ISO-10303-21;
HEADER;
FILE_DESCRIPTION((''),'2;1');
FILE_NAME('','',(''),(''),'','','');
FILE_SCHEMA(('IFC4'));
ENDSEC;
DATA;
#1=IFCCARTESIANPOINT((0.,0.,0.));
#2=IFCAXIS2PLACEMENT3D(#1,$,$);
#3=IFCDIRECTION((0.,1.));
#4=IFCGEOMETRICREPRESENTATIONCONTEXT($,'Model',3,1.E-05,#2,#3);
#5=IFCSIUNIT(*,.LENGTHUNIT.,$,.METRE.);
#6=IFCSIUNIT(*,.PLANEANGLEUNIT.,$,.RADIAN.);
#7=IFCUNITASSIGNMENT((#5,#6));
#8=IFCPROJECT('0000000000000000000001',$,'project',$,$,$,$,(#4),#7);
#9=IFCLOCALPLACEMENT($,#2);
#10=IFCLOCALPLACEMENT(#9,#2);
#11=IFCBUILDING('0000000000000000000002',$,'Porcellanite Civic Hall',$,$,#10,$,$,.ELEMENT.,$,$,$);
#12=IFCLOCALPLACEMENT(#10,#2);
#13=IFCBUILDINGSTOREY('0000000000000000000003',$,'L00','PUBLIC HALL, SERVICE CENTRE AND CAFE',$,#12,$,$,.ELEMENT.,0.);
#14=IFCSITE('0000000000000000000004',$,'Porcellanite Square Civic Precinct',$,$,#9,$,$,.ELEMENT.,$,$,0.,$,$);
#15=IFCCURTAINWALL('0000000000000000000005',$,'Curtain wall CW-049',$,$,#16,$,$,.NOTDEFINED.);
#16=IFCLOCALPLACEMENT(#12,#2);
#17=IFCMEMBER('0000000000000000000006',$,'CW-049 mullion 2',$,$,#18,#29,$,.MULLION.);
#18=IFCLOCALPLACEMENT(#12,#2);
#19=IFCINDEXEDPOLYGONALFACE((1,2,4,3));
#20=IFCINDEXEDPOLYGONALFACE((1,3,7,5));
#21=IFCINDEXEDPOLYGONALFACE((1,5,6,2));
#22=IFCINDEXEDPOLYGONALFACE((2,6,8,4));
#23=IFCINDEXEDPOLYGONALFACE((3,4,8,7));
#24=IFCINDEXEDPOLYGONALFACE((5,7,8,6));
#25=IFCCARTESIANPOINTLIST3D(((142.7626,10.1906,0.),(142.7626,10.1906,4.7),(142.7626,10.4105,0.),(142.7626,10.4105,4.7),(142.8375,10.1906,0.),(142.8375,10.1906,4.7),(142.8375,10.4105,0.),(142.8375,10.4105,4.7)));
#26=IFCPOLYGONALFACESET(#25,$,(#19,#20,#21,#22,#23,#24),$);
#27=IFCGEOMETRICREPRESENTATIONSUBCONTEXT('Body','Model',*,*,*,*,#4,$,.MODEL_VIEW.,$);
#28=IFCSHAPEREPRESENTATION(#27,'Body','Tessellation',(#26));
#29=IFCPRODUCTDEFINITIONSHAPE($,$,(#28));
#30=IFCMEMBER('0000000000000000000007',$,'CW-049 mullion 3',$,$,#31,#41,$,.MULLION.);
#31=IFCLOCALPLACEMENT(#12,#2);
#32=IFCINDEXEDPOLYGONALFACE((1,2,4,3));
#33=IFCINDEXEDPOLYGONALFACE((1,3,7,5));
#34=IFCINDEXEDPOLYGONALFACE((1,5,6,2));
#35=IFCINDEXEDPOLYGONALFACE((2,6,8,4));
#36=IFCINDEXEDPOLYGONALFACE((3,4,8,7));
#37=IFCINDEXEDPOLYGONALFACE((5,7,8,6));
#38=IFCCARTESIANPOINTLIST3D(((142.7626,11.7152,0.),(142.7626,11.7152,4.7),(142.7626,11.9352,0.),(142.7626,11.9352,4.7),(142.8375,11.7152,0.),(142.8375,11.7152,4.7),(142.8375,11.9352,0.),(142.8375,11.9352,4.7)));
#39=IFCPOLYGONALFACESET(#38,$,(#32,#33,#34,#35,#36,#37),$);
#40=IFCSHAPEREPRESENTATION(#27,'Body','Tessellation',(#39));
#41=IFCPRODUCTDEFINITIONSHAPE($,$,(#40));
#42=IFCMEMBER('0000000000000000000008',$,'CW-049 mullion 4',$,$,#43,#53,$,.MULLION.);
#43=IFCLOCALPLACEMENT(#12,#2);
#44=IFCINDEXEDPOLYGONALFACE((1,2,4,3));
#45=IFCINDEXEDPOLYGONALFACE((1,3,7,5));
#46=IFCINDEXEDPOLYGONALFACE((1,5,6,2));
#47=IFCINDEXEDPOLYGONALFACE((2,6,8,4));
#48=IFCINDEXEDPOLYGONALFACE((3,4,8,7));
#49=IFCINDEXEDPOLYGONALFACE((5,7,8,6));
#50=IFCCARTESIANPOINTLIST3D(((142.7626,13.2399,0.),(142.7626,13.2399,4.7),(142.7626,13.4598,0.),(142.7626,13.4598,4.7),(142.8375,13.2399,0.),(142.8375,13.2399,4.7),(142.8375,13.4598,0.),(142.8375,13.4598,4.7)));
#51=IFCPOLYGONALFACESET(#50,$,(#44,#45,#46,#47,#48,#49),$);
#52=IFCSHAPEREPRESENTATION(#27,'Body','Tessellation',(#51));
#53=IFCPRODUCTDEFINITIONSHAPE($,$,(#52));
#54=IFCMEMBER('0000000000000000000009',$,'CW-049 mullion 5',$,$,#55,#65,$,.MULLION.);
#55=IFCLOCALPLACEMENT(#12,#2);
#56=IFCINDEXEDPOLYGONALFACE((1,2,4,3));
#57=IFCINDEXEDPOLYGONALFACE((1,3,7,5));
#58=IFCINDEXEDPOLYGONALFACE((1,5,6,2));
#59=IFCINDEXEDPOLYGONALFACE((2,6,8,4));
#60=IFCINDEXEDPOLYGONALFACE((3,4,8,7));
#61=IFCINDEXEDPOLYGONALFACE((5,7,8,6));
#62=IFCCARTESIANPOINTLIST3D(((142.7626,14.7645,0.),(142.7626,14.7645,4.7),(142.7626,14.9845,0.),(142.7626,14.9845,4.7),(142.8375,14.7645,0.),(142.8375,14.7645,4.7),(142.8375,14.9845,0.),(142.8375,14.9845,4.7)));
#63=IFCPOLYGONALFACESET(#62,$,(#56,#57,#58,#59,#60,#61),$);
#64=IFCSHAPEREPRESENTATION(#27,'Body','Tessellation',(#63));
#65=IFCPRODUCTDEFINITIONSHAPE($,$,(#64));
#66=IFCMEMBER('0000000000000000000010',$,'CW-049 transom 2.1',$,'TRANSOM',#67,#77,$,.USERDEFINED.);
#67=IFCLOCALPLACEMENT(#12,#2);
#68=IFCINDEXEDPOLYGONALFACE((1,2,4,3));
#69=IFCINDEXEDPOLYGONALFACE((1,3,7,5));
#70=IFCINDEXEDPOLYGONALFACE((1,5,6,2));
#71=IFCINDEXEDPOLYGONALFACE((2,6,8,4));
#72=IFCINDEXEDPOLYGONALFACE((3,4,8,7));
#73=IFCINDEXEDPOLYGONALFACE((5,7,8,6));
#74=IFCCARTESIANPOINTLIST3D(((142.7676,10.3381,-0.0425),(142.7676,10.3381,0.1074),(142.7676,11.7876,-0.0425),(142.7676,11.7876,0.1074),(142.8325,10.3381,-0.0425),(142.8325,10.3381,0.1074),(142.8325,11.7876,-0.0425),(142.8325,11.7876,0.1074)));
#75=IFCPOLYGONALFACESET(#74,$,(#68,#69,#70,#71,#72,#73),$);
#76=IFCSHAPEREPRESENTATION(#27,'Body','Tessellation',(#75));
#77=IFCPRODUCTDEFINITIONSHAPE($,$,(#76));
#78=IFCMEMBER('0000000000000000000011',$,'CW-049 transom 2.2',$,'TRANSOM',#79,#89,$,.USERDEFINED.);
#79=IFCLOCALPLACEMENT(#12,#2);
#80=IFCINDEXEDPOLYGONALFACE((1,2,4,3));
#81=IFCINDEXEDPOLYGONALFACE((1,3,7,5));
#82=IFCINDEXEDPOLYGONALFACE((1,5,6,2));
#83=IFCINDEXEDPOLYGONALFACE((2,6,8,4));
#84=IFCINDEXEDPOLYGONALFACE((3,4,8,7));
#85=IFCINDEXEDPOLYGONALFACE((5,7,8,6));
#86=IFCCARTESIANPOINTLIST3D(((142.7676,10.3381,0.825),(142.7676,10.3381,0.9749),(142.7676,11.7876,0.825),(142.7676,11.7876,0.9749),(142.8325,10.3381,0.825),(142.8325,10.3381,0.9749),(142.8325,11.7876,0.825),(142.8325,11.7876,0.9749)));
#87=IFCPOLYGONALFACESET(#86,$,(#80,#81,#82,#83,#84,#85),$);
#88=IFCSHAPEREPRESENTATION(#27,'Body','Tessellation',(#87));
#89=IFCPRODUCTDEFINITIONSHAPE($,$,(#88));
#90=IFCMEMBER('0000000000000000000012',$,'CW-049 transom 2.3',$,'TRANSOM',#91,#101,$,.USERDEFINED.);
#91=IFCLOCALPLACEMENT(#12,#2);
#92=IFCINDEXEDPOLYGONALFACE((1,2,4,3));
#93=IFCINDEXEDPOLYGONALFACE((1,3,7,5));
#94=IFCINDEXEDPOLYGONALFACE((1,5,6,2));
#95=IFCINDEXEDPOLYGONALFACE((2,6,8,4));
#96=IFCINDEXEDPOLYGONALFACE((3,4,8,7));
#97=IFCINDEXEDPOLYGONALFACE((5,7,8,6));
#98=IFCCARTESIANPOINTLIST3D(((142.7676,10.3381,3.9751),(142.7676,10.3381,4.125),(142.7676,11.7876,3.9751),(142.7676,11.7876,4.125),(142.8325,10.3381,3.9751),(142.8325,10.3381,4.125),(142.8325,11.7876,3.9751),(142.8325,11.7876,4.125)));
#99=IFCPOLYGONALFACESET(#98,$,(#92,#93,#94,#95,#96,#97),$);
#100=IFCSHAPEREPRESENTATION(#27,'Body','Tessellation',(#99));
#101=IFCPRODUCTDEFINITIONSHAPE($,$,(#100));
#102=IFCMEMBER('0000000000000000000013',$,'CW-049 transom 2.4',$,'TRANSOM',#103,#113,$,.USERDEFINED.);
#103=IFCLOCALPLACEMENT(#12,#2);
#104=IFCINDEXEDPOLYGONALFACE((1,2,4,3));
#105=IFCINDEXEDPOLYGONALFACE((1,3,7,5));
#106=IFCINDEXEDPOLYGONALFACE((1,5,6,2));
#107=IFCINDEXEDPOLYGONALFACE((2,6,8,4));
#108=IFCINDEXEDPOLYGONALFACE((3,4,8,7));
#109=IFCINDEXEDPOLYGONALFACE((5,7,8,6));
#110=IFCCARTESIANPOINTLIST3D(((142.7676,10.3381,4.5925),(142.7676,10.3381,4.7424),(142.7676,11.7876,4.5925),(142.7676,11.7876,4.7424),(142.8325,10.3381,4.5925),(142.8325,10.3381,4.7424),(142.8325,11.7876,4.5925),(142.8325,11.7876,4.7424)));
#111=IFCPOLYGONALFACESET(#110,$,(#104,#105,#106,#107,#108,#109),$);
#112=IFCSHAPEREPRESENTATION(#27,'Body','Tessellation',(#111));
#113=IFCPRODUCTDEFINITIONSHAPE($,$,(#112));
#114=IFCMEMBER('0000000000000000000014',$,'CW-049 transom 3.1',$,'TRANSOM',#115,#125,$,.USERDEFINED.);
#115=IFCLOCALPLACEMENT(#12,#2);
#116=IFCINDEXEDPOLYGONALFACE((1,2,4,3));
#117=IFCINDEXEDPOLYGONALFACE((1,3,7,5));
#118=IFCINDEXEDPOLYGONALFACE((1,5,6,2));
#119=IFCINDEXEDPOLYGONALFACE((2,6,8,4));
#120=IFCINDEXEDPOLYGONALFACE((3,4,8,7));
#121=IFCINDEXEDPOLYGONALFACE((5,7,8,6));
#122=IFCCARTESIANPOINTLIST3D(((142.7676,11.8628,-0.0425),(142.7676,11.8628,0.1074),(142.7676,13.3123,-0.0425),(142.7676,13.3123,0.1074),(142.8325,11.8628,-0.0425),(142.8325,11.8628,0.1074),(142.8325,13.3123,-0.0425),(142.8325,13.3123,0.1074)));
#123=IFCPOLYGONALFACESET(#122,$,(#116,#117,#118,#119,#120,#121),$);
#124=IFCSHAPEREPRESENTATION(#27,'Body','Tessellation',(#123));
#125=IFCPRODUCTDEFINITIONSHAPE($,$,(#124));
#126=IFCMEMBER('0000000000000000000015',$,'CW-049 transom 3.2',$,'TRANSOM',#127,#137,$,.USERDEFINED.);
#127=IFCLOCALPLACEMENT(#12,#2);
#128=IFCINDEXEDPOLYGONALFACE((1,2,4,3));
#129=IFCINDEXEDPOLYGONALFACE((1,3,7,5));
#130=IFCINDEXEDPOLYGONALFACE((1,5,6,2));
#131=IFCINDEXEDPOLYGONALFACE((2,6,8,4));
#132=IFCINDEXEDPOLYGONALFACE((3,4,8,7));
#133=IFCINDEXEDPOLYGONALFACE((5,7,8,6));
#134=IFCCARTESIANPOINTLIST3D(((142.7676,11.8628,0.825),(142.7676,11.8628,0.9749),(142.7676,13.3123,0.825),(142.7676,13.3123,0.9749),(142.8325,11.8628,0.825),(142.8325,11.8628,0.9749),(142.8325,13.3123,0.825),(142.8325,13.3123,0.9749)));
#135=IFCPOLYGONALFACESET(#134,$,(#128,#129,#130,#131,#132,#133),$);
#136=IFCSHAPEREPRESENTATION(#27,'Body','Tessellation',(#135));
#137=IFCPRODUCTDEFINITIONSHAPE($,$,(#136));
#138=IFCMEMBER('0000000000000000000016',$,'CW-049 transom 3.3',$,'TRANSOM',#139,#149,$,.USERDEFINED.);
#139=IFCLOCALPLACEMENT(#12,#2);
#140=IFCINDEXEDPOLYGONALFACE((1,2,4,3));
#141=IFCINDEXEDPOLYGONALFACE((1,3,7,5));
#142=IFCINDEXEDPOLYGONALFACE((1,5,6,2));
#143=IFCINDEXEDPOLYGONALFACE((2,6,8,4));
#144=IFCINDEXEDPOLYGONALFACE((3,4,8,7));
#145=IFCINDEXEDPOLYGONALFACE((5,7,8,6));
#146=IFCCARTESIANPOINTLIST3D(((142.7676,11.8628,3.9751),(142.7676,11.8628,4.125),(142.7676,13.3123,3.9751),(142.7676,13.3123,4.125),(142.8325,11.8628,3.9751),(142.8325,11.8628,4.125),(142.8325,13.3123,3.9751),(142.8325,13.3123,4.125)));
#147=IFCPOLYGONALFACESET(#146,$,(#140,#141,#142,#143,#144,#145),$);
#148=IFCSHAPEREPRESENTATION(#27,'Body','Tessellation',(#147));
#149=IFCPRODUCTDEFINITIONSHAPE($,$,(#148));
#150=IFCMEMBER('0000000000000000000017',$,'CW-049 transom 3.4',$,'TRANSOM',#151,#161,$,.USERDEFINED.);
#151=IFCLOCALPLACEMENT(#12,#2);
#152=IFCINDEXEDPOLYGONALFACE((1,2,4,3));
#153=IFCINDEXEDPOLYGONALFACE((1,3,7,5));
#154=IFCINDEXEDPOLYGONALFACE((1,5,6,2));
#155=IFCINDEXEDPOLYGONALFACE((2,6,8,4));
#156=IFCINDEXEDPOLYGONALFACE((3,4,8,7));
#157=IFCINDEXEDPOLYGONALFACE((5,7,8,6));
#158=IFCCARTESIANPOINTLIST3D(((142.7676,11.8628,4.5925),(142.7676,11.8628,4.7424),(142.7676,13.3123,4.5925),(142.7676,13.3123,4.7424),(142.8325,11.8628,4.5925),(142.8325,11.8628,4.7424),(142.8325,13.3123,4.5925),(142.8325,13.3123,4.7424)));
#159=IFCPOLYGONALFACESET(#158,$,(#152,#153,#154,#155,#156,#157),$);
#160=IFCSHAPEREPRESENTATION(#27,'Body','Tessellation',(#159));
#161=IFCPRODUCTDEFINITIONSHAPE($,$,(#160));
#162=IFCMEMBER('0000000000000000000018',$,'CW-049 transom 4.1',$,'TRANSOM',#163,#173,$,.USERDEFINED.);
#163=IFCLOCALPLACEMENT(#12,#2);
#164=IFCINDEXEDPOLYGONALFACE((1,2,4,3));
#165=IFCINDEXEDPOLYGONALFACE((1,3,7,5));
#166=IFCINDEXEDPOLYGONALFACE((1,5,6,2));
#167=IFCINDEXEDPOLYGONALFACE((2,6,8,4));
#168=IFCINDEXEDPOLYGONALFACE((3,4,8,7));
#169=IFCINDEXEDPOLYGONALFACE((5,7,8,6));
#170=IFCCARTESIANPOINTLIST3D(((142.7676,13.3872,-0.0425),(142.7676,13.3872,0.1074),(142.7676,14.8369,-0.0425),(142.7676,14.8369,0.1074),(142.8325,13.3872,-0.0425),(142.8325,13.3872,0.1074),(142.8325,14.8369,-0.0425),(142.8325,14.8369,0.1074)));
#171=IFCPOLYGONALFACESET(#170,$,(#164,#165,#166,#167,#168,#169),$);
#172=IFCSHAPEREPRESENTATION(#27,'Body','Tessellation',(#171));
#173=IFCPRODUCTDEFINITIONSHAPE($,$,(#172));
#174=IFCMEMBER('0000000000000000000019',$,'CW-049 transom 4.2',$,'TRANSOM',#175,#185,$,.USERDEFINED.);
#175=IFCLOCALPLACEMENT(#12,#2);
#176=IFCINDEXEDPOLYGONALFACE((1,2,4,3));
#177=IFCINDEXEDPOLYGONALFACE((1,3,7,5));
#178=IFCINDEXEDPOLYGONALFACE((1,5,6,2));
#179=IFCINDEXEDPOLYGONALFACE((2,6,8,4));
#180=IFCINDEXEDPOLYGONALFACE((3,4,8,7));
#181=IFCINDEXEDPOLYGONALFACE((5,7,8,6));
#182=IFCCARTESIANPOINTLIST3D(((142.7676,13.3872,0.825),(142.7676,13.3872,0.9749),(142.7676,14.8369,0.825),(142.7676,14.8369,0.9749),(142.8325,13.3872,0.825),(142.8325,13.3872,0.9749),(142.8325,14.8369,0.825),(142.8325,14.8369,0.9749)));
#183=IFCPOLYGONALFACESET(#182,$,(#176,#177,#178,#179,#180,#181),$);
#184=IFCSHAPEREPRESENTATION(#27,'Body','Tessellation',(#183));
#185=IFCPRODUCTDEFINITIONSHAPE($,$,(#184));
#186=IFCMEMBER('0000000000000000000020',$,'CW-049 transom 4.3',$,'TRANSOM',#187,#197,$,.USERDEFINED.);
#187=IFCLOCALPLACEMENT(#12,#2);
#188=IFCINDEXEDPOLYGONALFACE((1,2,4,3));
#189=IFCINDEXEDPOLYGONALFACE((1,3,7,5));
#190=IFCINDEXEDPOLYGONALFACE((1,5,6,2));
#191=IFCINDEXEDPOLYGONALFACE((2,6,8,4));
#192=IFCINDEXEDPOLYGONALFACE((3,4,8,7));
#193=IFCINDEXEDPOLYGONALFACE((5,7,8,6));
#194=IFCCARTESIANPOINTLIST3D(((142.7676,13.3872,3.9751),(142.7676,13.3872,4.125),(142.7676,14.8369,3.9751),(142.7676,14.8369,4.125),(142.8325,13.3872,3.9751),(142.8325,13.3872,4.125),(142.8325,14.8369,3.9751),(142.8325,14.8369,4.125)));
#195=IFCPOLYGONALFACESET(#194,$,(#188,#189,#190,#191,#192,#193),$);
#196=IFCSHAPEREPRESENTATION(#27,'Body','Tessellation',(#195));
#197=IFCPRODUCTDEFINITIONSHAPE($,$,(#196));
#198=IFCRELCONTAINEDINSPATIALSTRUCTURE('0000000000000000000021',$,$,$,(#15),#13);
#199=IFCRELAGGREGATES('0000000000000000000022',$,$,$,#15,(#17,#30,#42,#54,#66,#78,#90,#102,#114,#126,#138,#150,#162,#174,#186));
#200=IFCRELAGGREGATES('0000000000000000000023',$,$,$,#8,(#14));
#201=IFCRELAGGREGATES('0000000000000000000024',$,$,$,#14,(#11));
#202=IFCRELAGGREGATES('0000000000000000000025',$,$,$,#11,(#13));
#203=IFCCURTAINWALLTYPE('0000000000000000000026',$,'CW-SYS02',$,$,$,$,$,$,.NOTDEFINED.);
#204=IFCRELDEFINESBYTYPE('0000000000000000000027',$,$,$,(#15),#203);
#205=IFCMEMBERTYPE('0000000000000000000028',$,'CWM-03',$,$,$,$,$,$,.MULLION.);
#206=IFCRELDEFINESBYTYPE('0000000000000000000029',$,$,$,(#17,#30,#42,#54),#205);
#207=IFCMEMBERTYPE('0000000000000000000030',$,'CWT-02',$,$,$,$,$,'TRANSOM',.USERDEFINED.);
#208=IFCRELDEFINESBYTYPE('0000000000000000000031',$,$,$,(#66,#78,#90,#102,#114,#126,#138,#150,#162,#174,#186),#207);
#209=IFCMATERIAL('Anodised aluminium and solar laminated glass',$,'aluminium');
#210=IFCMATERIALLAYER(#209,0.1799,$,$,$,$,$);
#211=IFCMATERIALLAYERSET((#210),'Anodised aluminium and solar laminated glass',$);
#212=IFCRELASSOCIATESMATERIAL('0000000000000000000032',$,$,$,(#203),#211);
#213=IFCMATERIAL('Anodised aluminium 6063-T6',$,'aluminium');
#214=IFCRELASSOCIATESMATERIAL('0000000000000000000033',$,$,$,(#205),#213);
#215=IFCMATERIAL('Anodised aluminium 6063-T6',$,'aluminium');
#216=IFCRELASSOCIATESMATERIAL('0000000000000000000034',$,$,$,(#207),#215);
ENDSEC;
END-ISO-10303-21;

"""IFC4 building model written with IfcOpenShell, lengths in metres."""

from ifc_helpers import new_model, si_unit, direction, frame, origin, origin_2d, place, context, subcontext, project, spatial, rectangle, extrude, material, layer, layer_set, material_profile, profile_set, type_object, element, aggregate, save


model = new_model("IFC4")

# Units and contexts
model_context = context("Model", 3, precision=1e-05, world=origin(), true_north=direction((0.0, 1.0)))
body_context = subcontext(model_context, "Body", "Model", "MODEL_VIEW")
ifc_project = project(units=[si_unit("LENGTHUNIT", "METRE"), si_unit("PLANEANGLEUNIT", "RADIAN")], contexts=[model_context])

# Site, building, storey
site_placement = place(None, origin())
site = spatial("IfcSite", under=ifc_project, at=site_placement, Name="Porcellanite Square Civic Precinct", CompositionType="ELEMENT", RefElevation=0.0)
building_placement = place(site_placement, origin())
building = spatial("IfcBuilding", under=site, at=building_placement, Name="Porcellanite Civic Hall", CompositionType="ELEMENT")
storey_placement = place(building_placement, origin())
storey = spatial("IfcBuildingStorey", under=building, at=storey_placement, Name="L00", Description="PUBLIC HALL, SERVICE CENTRE AND CAFE", CompositionType="ELEMENT", Elevation=0.0)

# Curtain wall, members
ifc_material_1 = material(Name="Anodised aluminium and solar laminated glass", Category="aluminium")
ifc_layer_1 = layer(ifc_material_1, 0.1799)
ifc_layer_set_1 = layer_set([ifc_layer_1], Name="Anodised aluminium and solar laminated glass")
curtain_wall_type = type_object("IfcCurtainWallType", Name="CW-SYS02", PredefinedType="NOTDEFINED", material=ifc_layer_set_1)
curtain_wall_placement = place(storey_placement, origin())
curtain_wall = element("IfcCurtainWall", 1, at=curtain_wall_placement, inside=storey, type_object=curtain_wall_type, Name="Curtain wall CW-049", PredefinedType="NOTDEFINED")
ifc_material_2 = material(Name="Anodised aluminium 6063-T6", Category="aluminium")
ifc_material_profile_1 = material_profile(ifc_material_2, rectangle(XDim=0.075, YDim=0.22, at=origin_2d()), Name="AL-75x220")
ifc_profile_set_1 = profile_set([ifc_material_profile_1], Name="Anodised aluminium 6063-T6")
member_type_1 = type_object("IfcMemberType", Name="CWM-03", PredefinedType="MULLION", material=ifc_profile_set_1)
member_1_placement = place(storey_placement, frame((142.8, 10.3005, 0.0), z_axis=(0.0, 0.0, 1.0), x_axis=(-1.0, 0.0, 0.0)))
member_1 = element("IfcMember", 2, at=member_1_placement, type_object=member_type_1, Name="CW-049 mullion 2", PredefinedType="MULLION", context=body_context, shape_type="SweptSolid", body=[
    extrude(rectangle(XDim=0.075, YDim=0.22, at=origin_2d()), origin(), (0.0, 0.0, 1.0), 4.7),
])
member_2_placement = place(storey_placement, frame((142.8, 11.8252, 0.0), z_axis=(0.0, 0.0, 1.0), x_axis=(-1.0, 0.0, 0.0)))
member_2 = element("IfcMember", 3, at=member_2_placement, type_object=member_type_1, Name="CW-049 mullion 3", PredefinedType="MULLION", context=body_context, shape_type="SweptSolid", body=[
    extrude(rectangle(XDim=0.075, YDim=0.22, at=origin_2d()), origin(), (0.0, 0.0, 1.0), 4.7),
])
member_3_placement = place(storey_placement, frame((142.8, 13.3499, 0.0), z_axis=(0.0, 0.0, 1.0), x_axis=(-1.0, 0.0, 0.0)))
member_3 = element("IfcMember", 4, at=member_3_placement, type_object=member_type_1, Name="CW-049 mullion 4", PredefinedType="MULLION", context=body_context, shape_type="SweptSolid", body=[
    extrude(rectangle(XDim=0.075, YDim=0.22, at=origin_2d()), origin(), (0.0, 0.0, 1.0), 4.7),
])
member_4_placement = place(storey_placement, frame((142.8, 14.8745, 0.0), z_axis=(0.0, 0.0, 1.0), x_axis=(-1.0, 0.0, 0.0)))
member_4 = element("IfcMember", 5, at=member_4_placement, type_object=member_type_1, Name="CW-049 mullion 5", PredefinedType="MULLION", context=body_context, shape_type="SweptSolid", body=[
    extrude(rectangle(XDim=0.075, YDim=0.22, at=origin_2d()), origin(), (0.0, 0.0, 1.0), 4.7),
])
ifc_material_3 = material(Name="Anodised aluminium 6063-T6", Category="aluminium")
ifc_material_profile_2 = material_profile(ifc_material_3, rectangle(XDim=0.0649, YDim=0.1499, at=origin_2d()), Name="AL-65x150")
ifc_profile_set_2 = profile_set([ifc_material_profile_2], Name="Anodised aluminium 6063-T6")
member_type_2 = type_object("IfcMemberType", Name="CWT-02", ElementType="TRANSOM", PredefinedType="USERDEFINED", material=ifc_profile_set_2)
member_5_placement = place(storey_placement, frame((142.8, 10.3381, 0.0325), z_axis=(0.0, 1.0, 0.0), x_axis=(-1.0, 0.0, 0.0)))
member_5 = element("IfcMember", 6, at=member_5_placement, type_object=member_type_2, Name="CW-049 transom 2.1", ObjectType="TRANSOM", PredefinedType="USERDEFINED", context=body_context, shape_type="SweptSolid", body=[
    extrude(rectangle(XDim=0.0649, YDim=0.1499, at=origin_2d()), origin(), (0.0, 0.0, 1.0), 1.4495),
])
member_6_placement = place(storey_placement, frame((142.8, 10.3381, 0.8999), z_axis=(0.0, 1.0, 0.0), x_axis=(-1.0, 0.0, 0.0)))
member_6 = element("IfcMember", 7, at=member_6_placement, type_object=member_type_2, Name="CW-049 transom 2.2", ObjectType="TRANSOM", PredefinedType="USERDEFINED", context=body_context, shape_type="SweptSolid", body=[
    extrude(rectangle(XDim=0.0649, YDim=0.1499, at=origin_2d()), origin(), (0.0, 0.0, 1.0), 1.4495),
])
member_7_placement = place(storey_placement, frame((142.8, 10.3381, 4.05), z_axis=(0.0, 1.0, 0.0), x_axis=(-1.0, 0.0, 0.0)))
member_7 = element("IfcMember", 8, at=member_7_placement, type_object=member_type_2, Name="CW-049 transom 2.3", ObjectType="TRANSOM", PredefinedType="USERDEFINED", context=body_context, shape_type="SweptSolid", body=[
    extrude(rectangle(XDim=0.0649, YDim=0.1499, at=origin_2d()), origin(), (0.0, 0.0, 1.0), 1.4495),
])
member_8_placement = place(storey_placement, frame((142.8, 10.3381, 4.6675), z_axis=(0.0, 1.0, 0.0), x_axis=(-1.0, 0.0, 0.0)))
member_8 = element("IfcMember", 9, at=member_8_placement, type_object=member_type_2, Name="CW-049 transom 2.4", ObjectType="TRANSOM", PredefinedType="USERDEFINED", context=body_context, shape_type="SweptSolid", body=[
    extrude(rectangle(XDim=0.0649, YDim=0.1499, at=origin_2d()), origin(), (0.0, 0.0, 1.0), 1.4495),
])
member_9_placement = place(storey_placement, frame((142.8, 11.8628, 0.0325), z_axis=(0.0, 1.0, 0.0), x_axis=(-1.0, 0.0, 0.0)))
member_9 = element("IfcMember", 10, at=member_9_placement, type_object=member_type_2, Name="CW-049 transom 3.1", ObjectType="TRANSOM", PredefinedType="USERDEFINED", context=body_context, shape_type="SweptSolid", body=[
    extrude(rectangle(XDim=0.0649, YDim=0.1499, at=origin_2d()), origin(), (0.0, 0.0, 1.0), 1.4495),
])
member_10_placement = place(storey_placement, frame((142.8, 11.8628, 0.8999), z_axis=(0.0, 1.0, 0.0), x_axis=(-1.0, 0.0, 0.0)))
member_10 = element("IfcMember", 11, at=member_10_placement, type_object=member_type_2, Name="CW-049 transom 3.2", ObjectType="TRANSOM", PredefinedType="USERDEFINED", context=body_context, shape_type="SweptSolid", body=[
    extrude(rectangle(XDim=0.0649, YDim=0.1499, at=origin_2d()), origin(), (0.0, 0.0, 1.0), 1.4495),
])
member_11_placement = place(storey_placement, frame((142.8, 11.8628, 4.05), z_axis=(0.0, 1.0, 0.0), x_axis=(-1.0, 0.0, 0.0)))
member_11 = element("IfcMember", 12, at=member_11_placement, type_object=member_type_2, Name="CW-049 transom 3.3", ObjectType="TRANSOM", PredefinedType="USERDEFINED", context=body_context, shape_type="SweptSolid", body=[
    extrude(rectangle(XDim=0.0649, YDim=0.1499, at=origin_2d()), origin(), (0.0, 0.0, 1.0), 1.4495),
])
member_12_placement = place(storey_placement, frame((142.8, 11.8628, 4.6675), z_axis=(0.0, 1.0, 0.0), x_axis=(-1.0, 0.0, 0.0)))
member_12 = element("IfcMember", 13, at=member_12_placement, type_object=member_type_2, Name="CW-049 transom 3.4", ObjectType="TRANSOM", PredefinedType="USERDEFINED", context=body_context, shape_type="SweptSolid", body=[
    extrude(rectangle(XDim=0.0649, YDim=0.1499, at=origin_2d()), origin(), (0.0, 0.0, 1.0), 1.4495),
])
member_13_placement = place(storey_placement, frame((142.8, 13.3872, 0.0325), z_axis=(0.0, 1.0, 0.0), x_axis=(-1.0, 0.0, 0.0)))
member_13 = element("IfcMember", 14, at=member_13_placement, type_object=member_type_2, Name="CW-049 transom 4.1", ObjectType="TRANSOM", PredefinedType="USERDEFINED", context=body_context, shape_type="SweptSolid", body=[
    extrude(rectangle(XDim=0.0649, YDim=0.1499, at=origin_2d()), origin(), (0.0, 0.0, 1.0), 1.4497),
])
member_14_placement = place(storey_placement, frame((142.8, 13.3872, 0.8999), z_axis=(0.0, 1.0, 0.0), x_axis=(-1.0, 0.0, 0.0)))
member_14 = element("IfcMember", 15, at=member_14_placement, type_object=member_type_2, Name="CW-049 transom 4.2", ObjectType="TRANSOM", PredefinedType="USERDEFINED", context=body_context, shape_type="SweptSolid", body=[
    extrude(rectangle(XDim=0.0649, YDim=0.1499, at=origin_2d()), origin(), (0.0, 0.0, 1.0), 1.4497),
])
member_15_placement = place(storey_placement, frame((142.8, 13.3872, 4.05), z_axis=(0.0, 1.0, 0.0), x_axis=(-1.0, 0.0, 0.0)))
member_15 = element("IfcMember", 16, at=member_15_placement, type_object=member_type_2, Name="CW-049 transom 4.3", ObjectType="TRANSOM", PredefinedType="USERDEFINED", context=body_context, shape_type="SweptSolid", body=[
    extrude(rectangle(XDim=0.0649, YDim=0.1499, at=origin_2d()), origin(), (0.0, 0.0, 1.0), 1.4497),
])
aggregate(curtain_wall, [member_1, member_2, member_3, member_4, member_5, member_6, member_7, member_8, member_9, member_10, member_11, member_12, member_13, member_14, member_15])

save(model, "model.ifc")
